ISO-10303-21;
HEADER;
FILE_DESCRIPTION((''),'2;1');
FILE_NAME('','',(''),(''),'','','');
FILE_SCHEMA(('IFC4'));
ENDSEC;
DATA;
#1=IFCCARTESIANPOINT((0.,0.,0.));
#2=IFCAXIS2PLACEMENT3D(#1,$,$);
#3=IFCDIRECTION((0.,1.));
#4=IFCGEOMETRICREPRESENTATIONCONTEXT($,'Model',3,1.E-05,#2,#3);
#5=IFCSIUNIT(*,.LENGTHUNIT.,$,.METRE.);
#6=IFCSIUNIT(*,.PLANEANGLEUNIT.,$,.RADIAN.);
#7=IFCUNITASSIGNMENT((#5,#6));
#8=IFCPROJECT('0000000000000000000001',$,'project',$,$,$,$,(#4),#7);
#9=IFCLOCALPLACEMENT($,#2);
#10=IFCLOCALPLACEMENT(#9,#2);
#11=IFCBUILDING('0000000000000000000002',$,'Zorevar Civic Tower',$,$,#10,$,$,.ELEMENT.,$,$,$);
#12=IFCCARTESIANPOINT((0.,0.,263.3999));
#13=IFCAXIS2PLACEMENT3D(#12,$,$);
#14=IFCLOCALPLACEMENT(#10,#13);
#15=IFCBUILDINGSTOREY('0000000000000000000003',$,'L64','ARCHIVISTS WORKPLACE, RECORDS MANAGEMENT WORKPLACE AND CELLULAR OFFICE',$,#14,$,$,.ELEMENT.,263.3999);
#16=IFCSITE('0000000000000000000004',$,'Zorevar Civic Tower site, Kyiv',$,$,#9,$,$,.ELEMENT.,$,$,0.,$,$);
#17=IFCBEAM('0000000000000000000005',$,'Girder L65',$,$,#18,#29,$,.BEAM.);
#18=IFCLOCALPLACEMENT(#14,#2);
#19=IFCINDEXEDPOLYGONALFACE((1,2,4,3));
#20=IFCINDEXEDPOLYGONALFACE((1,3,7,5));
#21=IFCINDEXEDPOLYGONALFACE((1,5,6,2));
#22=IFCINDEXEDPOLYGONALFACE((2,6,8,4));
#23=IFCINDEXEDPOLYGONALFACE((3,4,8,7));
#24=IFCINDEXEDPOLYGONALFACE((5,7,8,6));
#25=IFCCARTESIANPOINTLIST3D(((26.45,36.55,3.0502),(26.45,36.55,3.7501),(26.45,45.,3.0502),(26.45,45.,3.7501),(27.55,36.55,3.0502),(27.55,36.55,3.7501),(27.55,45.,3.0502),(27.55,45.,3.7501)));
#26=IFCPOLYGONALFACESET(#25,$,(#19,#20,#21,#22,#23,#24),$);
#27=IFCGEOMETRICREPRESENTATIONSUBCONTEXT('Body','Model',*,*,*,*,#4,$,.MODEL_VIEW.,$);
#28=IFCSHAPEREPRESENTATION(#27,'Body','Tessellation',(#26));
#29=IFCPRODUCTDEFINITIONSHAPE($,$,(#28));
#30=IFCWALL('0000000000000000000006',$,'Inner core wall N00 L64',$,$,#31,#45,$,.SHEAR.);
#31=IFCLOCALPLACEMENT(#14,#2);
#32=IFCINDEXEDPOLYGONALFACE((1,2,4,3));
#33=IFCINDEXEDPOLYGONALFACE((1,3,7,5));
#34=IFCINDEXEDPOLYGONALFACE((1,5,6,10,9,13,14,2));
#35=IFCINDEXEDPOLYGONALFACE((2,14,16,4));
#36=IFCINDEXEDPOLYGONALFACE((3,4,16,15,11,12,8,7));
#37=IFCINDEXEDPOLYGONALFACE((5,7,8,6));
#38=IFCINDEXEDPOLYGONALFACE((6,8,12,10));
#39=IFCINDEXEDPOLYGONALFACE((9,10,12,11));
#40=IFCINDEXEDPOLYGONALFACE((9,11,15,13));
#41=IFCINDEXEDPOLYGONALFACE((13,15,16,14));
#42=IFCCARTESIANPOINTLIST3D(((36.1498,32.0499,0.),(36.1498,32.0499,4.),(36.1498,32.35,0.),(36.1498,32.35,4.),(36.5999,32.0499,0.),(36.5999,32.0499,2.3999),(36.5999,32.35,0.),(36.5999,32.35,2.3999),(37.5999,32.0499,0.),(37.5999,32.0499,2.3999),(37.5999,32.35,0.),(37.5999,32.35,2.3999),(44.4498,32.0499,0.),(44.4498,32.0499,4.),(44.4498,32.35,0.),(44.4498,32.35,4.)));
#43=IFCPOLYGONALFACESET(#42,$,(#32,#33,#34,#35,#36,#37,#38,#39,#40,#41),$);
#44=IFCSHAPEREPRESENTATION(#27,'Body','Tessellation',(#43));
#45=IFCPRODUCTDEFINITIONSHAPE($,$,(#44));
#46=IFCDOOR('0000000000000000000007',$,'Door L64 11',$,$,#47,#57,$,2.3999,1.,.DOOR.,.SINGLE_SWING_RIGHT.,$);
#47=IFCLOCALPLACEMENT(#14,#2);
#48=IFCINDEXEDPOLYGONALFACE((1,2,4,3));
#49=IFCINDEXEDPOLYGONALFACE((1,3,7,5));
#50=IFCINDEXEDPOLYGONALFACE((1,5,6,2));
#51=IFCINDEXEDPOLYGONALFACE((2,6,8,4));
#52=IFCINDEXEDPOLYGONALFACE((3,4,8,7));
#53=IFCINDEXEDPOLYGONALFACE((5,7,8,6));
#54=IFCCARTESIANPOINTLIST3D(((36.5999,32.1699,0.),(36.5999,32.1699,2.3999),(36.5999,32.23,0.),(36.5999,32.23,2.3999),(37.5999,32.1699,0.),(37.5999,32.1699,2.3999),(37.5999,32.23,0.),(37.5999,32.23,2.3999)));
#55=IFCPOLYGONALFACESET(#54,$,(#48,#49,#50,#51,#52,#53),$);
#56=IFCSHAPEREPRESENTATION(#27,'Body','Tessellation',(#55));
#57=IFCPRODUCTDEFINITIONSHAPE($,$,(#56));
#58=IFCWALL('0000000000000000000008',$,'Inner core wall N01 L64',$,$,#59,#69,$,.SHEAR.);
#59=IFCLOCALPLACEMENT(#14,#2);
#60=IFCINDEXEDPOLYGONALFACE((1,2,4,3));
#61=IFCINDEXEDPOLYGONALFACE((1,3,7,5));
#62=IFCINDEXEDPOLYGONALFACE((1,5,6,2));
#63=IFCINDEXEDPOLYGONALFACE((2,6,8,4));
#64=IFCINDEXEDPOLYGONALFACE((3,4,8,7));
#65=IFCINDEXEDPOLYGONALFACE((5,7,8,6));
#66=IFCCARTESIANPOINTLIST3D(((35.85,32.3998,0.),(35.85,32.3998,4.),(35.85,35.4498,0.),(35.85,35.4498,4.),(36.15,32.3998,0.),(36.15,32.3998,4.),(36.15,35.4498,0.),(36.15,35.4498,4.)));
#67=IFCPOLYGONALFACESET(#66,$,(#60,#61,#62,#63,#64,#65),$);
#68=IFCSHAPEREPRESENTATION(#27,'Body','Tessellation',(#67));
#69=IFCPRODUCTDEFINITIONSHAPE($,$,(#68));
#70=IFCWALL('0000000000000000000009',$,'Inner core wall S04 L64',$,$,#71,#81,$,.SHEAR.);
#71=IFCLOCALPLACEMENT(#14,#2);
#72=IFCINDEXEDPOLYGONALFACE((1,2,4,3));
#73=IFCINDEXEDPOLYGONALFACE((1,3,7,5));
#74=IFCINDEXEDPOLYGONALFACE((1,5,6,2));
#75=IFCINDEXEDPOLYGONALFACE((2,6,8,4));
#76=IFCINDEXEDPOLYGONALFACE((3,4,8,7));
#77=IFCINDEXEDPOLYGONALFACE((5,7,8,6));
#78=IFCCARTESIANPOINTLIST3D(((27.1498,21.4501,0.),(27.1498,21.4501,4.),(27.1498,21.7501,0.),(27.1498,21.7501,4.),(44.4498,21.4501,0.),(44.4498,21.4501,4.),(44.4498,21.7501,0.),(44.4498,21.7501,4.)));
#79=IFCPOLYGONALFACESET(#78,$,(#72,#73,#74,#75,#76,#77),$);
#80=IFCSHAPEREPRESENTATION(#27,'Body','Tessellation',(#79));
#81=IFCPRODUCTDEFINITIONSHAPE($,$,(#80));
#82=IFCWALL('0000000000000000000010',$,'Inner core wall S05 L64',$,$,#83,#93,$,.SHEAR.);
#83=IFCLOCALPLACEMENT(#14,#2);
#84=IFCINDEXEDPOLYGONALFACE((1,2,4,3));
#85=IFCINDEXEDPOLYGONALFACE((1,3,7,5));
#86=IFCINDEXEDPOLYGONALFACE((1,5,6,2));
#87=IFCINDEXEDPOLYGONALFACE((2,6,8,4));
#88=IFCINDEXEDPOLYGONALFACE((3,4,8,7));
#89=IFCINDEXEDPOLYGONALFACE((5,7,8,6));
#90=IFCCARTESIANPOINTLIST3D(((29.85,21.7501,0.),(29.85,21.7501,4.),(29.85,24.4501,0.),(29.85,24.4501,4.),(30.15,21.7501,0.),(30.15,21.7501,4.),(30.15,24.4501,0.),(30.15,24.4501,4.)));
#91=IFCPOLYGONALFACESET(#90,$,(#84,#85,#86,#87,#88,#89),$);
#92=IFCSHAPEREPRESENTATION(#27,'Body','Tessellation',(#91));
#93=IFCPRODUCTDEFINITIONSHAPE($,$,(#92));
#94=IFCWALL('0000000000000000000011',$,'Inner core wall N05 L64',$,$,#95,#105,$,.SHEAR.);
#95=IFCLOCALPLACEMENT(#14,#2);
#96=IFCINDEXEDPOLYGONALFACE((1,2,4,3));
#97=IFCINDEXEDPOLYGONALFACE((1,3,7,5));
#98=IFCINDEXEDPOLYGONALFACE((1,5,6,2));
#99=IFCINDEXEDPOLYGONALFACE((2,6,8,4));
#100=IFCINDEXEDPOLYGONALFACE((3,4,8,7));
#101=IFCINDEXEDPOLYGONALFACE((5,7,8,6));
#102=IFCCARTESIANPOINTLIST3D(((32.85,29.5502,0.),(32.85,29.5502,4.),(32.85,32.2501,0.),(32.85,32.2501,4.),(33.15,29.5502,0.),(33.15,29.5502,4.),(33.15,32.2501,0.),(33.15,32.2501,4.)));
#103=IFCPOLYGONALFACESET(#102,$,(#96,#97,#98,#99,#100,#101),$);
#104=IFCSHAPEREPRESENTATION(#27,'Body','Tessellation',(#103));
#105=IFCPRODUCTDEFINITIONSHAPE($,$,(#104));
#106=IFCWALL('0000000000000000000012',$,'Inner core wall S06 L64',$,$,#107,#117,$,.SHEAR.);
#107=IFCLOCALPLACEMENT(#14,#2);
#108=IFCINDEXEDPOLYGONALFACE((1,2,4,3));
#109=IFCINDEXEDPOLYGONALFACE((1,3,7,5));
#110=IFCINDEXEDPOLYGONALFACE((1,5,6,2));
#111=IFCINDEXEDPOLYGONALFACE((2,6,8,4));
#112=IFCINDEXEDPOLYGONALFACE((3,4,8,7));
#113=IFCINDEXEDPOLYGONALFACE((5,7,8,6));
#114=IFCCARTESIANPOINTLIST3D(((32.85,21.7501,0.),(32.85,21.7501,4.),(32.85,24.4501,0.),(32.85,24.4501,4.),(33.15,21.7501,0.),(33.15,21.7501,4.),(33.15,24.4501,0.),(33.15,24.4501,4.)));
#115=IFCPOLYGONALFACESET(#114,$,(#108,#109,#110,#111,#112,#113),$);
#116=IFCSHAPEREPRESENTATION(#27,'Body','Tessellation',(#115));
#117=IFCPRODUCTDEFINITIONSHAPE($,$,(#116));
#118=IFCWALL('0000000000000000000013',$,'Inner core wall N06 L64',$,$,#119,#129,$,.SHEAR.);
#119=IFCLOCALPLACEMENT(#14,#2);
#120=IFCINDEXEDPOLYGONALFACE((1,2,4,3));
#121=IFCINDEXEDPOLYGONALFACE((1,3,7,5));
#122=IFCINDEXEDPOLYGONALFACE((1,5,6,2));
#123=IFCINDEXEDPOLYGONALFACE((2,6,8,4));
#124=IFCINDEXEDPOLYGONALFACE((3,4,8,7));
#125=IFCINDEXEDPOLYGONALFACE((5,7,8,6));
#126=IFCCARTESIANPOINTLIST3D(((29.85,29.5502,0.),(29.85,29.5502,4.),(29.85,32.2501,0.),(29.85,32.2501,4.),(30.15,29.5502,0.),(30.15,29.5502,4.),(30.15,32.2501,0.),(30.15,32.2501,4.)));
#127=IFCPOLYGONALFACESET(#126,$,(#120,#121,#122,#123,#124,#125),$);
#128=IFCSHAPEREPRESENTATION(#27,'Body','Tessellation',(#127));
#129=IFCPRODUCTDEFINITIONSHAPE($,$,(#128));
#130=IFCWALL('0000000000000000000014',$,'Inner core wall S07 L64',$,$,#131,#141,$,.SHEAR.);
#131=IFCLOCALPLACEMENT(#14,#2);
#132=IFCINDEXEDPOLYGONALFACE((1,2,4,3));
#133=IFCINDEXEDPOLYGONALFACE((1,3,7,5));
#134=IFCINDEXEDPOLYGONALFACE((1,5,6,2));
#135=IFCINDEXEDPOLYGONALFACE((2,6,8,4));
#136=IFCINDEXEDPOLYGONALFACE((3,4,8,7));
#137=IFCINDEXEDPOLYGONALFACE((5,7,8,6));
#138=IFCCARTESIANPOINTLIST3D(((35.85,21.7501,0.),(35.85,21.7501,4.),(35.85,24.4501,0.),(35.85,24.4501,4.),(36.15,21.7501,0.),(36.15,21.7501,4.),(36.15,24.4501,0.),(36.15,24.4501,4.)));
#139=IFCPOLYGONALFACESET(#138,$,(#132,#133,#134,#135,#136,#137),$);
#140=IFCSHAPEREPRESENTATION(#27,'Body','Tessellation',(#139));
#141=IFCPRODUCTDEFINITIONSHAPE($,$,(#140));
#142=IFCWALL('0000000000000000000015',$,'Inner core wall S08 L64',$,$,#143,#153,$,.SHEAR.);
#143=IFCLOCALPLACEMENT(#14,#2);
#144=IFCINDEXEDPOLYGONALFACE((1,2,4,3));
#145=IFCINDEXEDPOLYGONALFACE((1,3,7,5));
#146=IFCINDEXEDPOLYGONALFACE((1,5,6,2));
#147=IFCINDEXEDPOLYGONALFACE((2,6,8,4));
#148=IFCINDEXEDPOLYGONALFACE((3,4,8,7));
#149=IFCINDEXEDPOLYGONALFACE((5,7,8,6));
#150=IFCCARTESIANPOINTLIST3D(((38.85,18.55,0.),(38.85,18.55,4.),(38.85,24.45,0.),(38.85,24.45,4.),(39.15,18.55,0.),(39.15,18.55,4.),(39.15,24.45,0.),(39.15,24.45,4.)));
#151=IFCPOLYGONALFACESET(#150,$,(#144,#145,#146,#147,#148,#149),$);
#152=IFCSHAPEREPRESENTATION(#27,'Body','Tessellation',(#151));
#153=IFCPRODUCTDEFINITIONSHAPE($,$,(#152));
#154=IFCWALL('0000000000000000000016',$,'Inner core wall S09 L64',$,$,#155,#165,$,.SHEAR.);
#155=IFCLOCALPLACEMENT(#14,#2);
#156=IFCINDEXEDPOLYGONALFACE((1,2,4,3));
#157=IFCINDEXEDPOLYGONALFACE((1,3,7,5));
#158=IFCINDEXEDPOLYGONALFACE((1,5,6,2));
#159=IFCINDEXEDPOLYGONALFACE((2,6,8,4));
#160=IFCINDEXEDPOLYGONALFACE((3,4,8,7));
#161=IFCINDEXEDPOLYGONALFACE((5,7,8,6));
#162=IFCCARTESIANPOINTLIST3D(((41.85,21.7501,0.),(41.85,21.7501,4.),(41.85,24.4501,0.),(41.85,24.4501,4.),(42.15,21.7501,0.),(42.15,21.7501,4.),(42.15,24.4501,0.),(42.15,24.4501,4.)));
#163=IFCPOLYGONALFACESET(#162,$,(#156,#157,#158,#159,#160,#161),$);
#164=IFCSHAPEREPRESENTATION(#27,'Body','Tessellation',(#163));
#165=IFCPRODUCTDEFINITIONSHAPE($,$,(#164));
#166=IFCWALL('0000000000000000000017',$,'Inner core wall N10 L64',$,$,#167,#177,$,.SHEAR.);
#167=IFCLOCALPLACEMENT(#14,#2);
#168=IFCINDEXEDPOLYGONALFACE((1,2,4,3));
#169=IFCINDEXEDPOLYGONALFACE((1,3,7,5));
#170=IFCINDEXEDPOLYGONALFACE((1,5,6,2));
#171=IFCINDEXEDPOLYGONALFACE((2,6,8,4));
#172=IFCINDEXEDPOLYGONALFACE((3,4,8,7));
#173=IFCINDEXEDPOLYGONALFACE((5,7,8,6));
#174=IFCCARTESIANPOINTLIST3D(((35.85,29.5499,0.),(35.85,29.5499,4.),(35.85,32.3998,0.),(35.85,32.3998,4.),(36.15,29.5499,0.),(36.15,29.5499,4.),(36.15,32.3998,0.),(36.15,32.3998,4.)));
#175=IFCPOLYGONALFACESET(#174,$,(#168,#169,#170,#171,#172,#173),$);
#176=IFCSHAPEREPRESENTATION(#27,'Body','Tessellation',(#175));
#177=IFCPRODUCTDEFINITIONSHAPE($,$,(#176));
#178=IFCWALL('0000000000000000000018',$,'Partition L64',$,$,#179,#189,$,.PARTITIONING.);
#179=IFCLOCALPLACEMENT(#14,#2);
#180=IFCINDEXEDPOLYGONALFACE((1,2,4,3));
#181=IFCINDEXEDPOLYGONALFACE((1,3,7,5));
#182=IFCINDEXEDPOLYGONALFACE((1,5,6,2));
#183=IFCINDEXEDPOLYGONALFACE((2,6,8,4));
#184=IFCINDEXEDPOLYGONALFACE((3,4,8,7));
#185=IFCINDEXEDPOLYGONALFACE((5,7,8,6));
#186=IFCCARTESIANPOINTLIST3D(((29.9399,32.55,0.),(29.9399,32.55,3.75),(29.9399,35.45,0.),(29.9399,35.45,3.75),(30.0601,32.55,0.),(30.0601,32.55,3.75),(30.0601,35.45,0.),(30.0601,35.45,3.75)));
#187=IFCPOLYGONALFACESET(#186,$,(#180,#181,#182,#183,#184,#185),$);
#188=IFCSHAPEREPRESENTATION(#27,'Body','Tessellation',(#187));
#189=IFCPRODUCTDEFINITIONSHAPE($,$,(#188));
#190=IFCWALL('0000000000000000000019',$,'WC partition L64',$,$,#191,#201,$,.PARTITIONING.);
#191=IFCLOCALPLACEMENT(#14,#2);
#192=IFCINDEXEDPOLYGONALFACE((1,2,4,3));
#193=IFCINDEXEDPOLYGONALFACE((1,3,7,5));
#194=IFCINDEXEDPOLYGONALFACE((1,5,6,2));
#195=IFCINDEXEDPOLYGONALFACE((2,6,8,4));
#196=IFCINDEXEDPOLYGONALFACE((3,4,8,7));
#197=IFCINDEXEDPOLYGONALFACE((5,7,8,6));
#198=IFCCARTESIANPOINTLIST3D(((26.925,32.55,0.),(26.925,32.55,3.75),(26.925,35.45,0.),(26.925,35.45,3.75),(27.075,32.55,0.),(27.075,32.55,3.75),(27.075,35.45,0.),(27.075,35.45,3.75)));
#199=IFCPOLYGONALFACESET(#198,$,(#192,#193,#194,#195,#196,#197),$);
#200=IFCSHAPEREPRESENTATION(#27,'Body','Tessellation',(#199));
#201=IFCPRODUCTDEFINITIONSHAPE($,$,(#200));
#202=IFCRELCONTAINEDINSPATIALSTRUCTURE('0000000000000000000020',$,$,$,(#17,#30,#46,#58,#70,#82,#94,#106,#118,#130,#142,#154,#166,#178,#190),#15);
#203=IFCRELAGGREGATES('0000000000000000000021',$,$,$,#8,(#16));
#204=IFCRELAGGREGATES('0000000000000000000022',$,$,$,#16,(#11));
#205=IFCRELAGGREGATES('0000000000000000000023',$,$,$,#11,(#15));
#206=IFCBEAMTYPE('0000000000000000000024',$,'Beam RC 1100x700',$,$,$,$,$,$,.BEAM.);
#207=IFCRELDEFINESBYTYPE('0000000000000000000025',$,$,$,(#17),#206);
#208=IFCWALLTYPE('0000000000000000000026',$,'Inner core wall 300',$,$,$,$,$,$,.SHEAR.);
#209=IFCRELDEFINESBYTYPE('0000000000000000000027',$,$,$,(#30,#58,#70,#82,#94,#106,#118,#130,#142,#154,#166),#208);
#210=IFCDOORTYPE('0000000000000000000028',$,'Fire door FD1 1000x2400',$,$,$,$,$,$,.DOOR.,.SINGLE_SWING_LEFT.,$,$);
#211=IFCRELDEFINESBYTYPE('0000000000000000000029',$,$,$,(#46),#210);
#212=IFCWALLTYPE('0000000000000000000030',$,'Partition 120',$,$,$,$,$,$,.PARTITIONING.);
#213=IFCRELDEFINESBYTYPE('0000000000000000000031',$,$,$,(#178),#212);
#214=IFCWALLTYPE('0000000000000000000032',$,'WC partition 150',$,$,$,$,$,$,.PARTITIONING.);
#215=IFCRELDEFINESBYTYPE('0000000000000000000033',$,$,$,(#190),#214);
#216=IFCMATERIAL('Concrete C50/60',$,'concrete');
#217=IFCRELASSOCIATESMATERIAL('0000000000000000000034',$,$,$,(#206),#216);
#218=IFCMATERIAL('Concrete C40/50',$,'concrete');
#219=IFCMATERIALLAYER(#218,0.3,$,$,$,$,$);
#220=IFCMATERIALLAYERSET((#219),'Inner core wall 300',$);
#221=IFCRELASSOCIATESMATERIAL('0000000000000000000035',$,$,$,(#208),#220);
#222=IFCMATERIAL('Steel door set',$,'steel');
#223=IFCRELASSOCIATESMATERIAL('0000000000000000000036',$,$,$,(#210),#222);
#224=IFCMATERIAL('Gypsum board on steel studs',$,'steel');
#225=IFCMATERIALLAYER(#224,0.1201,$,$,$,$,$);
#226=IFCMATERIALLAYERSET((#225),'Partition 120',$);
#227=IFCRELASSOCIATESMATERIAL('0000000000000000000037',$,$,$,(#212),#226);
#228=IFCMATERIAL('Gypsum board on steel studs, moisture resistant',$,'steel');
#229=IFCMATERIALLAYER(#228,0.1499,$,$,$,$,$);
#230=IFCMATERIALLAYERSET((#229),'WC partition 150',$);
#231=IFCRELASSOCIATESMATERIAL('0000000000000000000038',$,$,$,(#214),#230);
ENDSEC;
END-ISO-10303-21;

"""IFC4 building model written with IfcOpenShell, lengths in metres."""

from ifc_helpers import new_model, si_unit, direction, frame, frame_2d, origin, origin_2d, place, context, subcontext, project, spatial, rectangle, extrude, material, layer, layer_set, material_profile, profile_set, type_object, element, fill, save


model = new_model("IFC4")

# Units and contexts
model_context = context("Model", 3, precision=1e-05, world=origin(), true_north=direction((0.0, 1.0)))
body_context = subcontext(model_context, "Body", "Model", "MODEL_VIEW")
ifc_project = project(units=[si_unit("LENGTHUNIT", "METRE"), si_unit("PLANEANGLEUNIT", "RADIAN")], contexts=[model_context])

# Site, building, storey
site_placement = place(None, origin())
site = spatial("IfcSite", under=ifc_project, at=site_placement, Name="Zorevar Civic Tower site, Kyiv", CompositionType="ELEMENT", RefElevation=0.0)
building_placement = place(site_placement, origin())
building = spatial("IfcBuilding", under=site, at=building_placement, Name="Zorevar Civic Tower", CompositionType="ELEMENT")
storey_placement = place(building_placement, frame((0.0, 0.0, 263.3999)))
storey = spatial("IfcBuildingStorey", under=building, at=storey_placement, Name="L64", Description="ARCHIVISTS WORKPLACE, RECORDS MANAGEMENT WORKPLACE AND CELLULAR OFFICE", CompositionType="ELEMENT", Elevation=263.3999)

# Beam
ifc_material_1 = material(Name="Concrete C50/60", Category="concrete")
ifc_material_profile = material_profile(ifc_material_1, rectangle(XDim=1.1001, YDim=0.7, at=origin_2d()), Name="RC 1100x700")
ifc_profile_set = profile_set([ifc_material_profile], Name="Concrete C50/60")
beam_type = type_object("IfcBeamType", Name="Beam RC 1100x700", PredefinedType="BEAM", material=ifc_profile_set)
beam_placement = place(storey_placement, frame((27.0, 36.55, 3.4001), z_axis=(0.0, 1.0, 0.0), x_axis=(-1.0, 0.0, 0.0)))
element("IfcBeam", 1, at=beam_placement, inside=storey, type_object=beam_type, Name="Girder L65", PredefinedType="BEAM", context=body_context, shape_type="SweptSolid", body=[
    extrude(rectangle(XDim=1.1001, YDim=0.7, at=origin_2d()), origin(), (0.0, 0.0, 1.0), 8.45),
])

# Wall, opening, door
ifc_material_2 = material(Name="Concrete C40/50", Category="concrete")
ifc_layer_1 = layer(ifc_material_2, 0.3)
ifc_layer_set_1 = layer_set([ifc_layer_1], Name="Inner core wall 300")
wall_type_1 = type_object("IfcWallType", Name="Inner core wall 300", PredefinedType="SHEAR", material=ifc_layer_set_1)
wall_1_placement = place(storey_placement, frame((36.1499, 32.2, 0.0), z_axis=(0.0, 0.0, 1.0), x_axis=(1.0, 0.0, 0.0)))
wall_1 = element("IfcWall", 2, at=wall_1_placement, inside=storey, type_object=wall_type_1, Name="Inner core wall N00 L64", PredefinedType="SHEAR", context=body_context, shape_type="SweptSolid", body=[
    extrude(rectangle(XDim=8.3, YDim=0.3, at=frame_2d((4.1499, 0.0))), origin(), (0.0, 0.0, 1.0), 4.0),
])
opening_1_placement = place(wall_1_placement, frame((0.45, 0.0, 0.0)))
opening_1 = element("IfcOpeningElement", 3, at=opening_1_placement, cuts=wall_1, PredefinedType="OPENING", context=body_context, shape_type="SweptSolid", body=[
    extrude(rectangle(XDim=1.0, YDim=2.3999, at=frame_2d((0.5, 1.2))), frame((0.0, 0.1599, 0.0), z_axis=(0.0, -1.0, 0.0), x_axis=(1.0, 0.0, 0.0)), (0.0, 0.0, 1.0), 0.3201),
])
ifc_material_3 = material(Name="Steel door set", Category="steel")
door_type_1 = type_object("IfcDoorType", Name="Fire door FD1 1000x2400", OperationType="SINGLE_SWING_LEFT", PredefinedType="DOOR", material=ifc_material_3)
door_1_placement = place(opening_1_placement, origin())
door_1 = element("IfcDoor", 4, at=door_1_placement, inside=storey, type_object=door_type_1, Name="Door L64 11", OperationType="SINGLE_SWING_RIGHT", OverallHeight=2.3999, OverallWidth=1.0, PredefinedType="DOOR", context=body_context, shape_type="SweptSolid", body=[
    extrude(rectangle(XDim=1.0, YDim=2.3999, at=frame_2d((0.5, 1.2))), frame((0.0, 0.03, 0.0), z_axis=(0.0, -1.0, 0.0), x_axis=(1.0, 0.0, 0.0)), (0.0, 0.0, 1.0), 0.0601),
])
fill(opening_1, door_1)

# Wall
wall_2_placement = place(storey_placement, frame((36.0, 32.3999, 0.0), z_axis=(0.0, 0.0, 1.0), x_axis=(0.0, 1.0, 0.0)))
element("IfcWall", 5, at=wall_2_placement, inside=storey, type_object=wall_type_1, Name="Inner core wall N01 L64", PredefinedType="SHEAR", context=body_context, shape_type="SweptSolid", body=[
    extrude(rectangle(XDim=3.05, YDim=0.3, at=frame_2d((1.5249, 0.0))), origin(), (0.0, 0.0, 1.0), 4.0),
])

# Walls
wall_3_placement = place(storey_placement, frame((27.1499, 21.6001, 0.0), z_axis=(0.0, 0.0, 1.0), x_axis=(1.0, 0.0, 0.0)))
element("IfcWall", 6, at=wall_3_placement, inside=storey, type_object=wall_type_1, Name="Inner core wall S04 L64", PredefinedType="SHEAR", context=body_context, shape_type="SweptSolid", body=[
    extrude(rectangle(XDim=17.3, YDim=0.3, at=frame_2d((8.6499, 0.0))), origin(), (0.0, 0.0, 1.0), 4.0),
])
for number, where, z_axis, x_axis, name in (
    (7, (30.0, 21.75, 0.0), (0.0, 0.0, 1.0), (0.0, 1.0, 0.0), "Inner core wall S05 L64"),
    (8, (33.0, 29.55, 0.0), (0.0, 0.0, 1.0), (0.0, 1.0, 0.0), "Inner core wall N05 L64"),
    (9, (33.0, 21.75, 0.0), (0.0, 0.0, 1.0), (0.0, 1.0, 0.0), "Inner core wall S06 L64"),
    (10, (30.0, 29.55, 0.0), (0.0, 0.0, 1.0), (0.0, 1.0, 0.0), "Inner core wall N06 L64"),
    (11, (36.0, 21.75, 0.0), (0.0, 0.0, 1.0), (0.0, 1.0, 0.0), "Inner core wall S07 L64"),
):
    element("IfcWall", number, at=place(storey_placement, frame(where, z_axis=z_axis, x_axis=x_axis)), inside=storey, type_object=wall_type_1, Name=name, PredefinedType="SHEAR", context=body_context, shape_type="SweptSolid", body=[
        extrude(rectangle(XDim=2.7, YDim=0.3, at=frame_2d((1.3501, 0.0))), origin(), (0.0, 0.0, 1.0), 4.0),
    ])
wall_4_placement = place(storey_placement, frame((39.0, 18.55, 0.0), z_axis=(0.0, 0.0, 1.0), x_axis=(0.0, 1.0, 0.0)))
element("IfcWall", 12, at=wall_4_placement, inside=storey, type_object=wall_type_1, Name="Inner core wall S08 L64", PredefinedType="SHEAR", context=body_context, shape_type="SweptSolid", body=[
    extrude(rectangle(XDim=5.8999, YDim=0.3, at=frame_2d((2.95, 0.0))), origin(), (0.0, 0.0, 1.0), 4.0),
])
wall_5_placement = place(storey_placement, frame((42.0, 21.75, 0.0), z_axis=(0.0, 0.0, 1.0), x_axis=(0.0, 1.0, 0.0)))
element("IfcWall", 13, at=wall_5_placement, inside=storey, type_object=wall_type_1, Name="Inner core wall S09 L64", PredefinedType="SHEAR", context=body_context, shape_type="SweptSolid", body=[
    extrude(rectangle(XDim=2.7, YDim=0.3, at=frame_2d((1.3501, 0.0))), origin(), (0.0, 0.0, 1.0), 4.0),
])
wall_6_placement = place(storey_placement, frame((36.0, 29.55, 0.0), z_axis=(0.0, 0.0, 1.0), x_axis=(0.0, 1.0, 0.0)))
element("IfcWall", 14, at=wall_6_placement, inside=storey, type_object=wall_type_1, Name="Inner core wall N10 L64", PredefinedType="SHEAR", context=body_context, shape_type="SweptSolid", body=[
    extrude(rectangle(XDim=2.8499, YDim=0.3, at=frame_2d((1.4248, 0.0))), origin(), (0.0, 0.0, 1.0), 4.0),
])
ifc_material_4 = material(Name="Gypsum board on steel studs", Category="steel")
ifc_layer_2 = layer(ifc_material_4, 0.1201)
ifc_layer_set_2 = layer_set([ifc_layer_2], Name="Partition 120")
wall_type_2 = type_object("IfcWallType", Name="Partition 120", PredefinedType="PARTITIONING", material=ifc_layer_set_2)
wall_7_placement = place(storey_placement, frame((30.0, 32.55, 0.0), z_axis=(0.0, 0.0, 1.0), x_axis=(0.0, 1.0, 0.0)))
element("IfcWall", 15, at=wall_7_placement, inside=storey, type_object=wall_type_2, Name="Partition L64", PredefinedType="PARTITIONING", context=body_context, shape_type="SweptSolid", body=[
    extrude(rectangle(XDim=2.8999, YDim=0.1201, at=frame_2d((1.45, 0.0))), origin(), (0.0, 0.0, 1.0), 3.75),
])
ifc_material_5 = material(Name="Gypsum board on steel studs, moisture resistant", Category="steel")
ifc_layer_3 = layer(ifc_material_5, 0.1499)
ifc_layer_set_3 = layer_set([ifc_layer_3], Name="WC partition 150")
wall_type_3 = type_object("IfcWallType", Name="WC partition 150", PredefinedType="PARTITIONING", material=ifc_layer_set_3)
wall_8_placement = place(storey_placement, frame((27.0, 32.55, 0.0), z_axis=(0.0, 0.0, 1.0), x_axis=(0.0, 1.0, 0.0)))
element("IfcWall", 16, at=wall_8_placement, inside=storey, type_object=wall_type_3, Name="WC partition L64", PredefinedType="PARTITIONING", context=body_context, shape_type="SweptSolid", body=[
    extrude(rectangle(XDim=2.8999, YDim=0.1499, at=frame_2d((1.45, 0.0))), origin(), (0.0, 0.0, 1.0), 3.75),
])

save(model, "model.ifc")
